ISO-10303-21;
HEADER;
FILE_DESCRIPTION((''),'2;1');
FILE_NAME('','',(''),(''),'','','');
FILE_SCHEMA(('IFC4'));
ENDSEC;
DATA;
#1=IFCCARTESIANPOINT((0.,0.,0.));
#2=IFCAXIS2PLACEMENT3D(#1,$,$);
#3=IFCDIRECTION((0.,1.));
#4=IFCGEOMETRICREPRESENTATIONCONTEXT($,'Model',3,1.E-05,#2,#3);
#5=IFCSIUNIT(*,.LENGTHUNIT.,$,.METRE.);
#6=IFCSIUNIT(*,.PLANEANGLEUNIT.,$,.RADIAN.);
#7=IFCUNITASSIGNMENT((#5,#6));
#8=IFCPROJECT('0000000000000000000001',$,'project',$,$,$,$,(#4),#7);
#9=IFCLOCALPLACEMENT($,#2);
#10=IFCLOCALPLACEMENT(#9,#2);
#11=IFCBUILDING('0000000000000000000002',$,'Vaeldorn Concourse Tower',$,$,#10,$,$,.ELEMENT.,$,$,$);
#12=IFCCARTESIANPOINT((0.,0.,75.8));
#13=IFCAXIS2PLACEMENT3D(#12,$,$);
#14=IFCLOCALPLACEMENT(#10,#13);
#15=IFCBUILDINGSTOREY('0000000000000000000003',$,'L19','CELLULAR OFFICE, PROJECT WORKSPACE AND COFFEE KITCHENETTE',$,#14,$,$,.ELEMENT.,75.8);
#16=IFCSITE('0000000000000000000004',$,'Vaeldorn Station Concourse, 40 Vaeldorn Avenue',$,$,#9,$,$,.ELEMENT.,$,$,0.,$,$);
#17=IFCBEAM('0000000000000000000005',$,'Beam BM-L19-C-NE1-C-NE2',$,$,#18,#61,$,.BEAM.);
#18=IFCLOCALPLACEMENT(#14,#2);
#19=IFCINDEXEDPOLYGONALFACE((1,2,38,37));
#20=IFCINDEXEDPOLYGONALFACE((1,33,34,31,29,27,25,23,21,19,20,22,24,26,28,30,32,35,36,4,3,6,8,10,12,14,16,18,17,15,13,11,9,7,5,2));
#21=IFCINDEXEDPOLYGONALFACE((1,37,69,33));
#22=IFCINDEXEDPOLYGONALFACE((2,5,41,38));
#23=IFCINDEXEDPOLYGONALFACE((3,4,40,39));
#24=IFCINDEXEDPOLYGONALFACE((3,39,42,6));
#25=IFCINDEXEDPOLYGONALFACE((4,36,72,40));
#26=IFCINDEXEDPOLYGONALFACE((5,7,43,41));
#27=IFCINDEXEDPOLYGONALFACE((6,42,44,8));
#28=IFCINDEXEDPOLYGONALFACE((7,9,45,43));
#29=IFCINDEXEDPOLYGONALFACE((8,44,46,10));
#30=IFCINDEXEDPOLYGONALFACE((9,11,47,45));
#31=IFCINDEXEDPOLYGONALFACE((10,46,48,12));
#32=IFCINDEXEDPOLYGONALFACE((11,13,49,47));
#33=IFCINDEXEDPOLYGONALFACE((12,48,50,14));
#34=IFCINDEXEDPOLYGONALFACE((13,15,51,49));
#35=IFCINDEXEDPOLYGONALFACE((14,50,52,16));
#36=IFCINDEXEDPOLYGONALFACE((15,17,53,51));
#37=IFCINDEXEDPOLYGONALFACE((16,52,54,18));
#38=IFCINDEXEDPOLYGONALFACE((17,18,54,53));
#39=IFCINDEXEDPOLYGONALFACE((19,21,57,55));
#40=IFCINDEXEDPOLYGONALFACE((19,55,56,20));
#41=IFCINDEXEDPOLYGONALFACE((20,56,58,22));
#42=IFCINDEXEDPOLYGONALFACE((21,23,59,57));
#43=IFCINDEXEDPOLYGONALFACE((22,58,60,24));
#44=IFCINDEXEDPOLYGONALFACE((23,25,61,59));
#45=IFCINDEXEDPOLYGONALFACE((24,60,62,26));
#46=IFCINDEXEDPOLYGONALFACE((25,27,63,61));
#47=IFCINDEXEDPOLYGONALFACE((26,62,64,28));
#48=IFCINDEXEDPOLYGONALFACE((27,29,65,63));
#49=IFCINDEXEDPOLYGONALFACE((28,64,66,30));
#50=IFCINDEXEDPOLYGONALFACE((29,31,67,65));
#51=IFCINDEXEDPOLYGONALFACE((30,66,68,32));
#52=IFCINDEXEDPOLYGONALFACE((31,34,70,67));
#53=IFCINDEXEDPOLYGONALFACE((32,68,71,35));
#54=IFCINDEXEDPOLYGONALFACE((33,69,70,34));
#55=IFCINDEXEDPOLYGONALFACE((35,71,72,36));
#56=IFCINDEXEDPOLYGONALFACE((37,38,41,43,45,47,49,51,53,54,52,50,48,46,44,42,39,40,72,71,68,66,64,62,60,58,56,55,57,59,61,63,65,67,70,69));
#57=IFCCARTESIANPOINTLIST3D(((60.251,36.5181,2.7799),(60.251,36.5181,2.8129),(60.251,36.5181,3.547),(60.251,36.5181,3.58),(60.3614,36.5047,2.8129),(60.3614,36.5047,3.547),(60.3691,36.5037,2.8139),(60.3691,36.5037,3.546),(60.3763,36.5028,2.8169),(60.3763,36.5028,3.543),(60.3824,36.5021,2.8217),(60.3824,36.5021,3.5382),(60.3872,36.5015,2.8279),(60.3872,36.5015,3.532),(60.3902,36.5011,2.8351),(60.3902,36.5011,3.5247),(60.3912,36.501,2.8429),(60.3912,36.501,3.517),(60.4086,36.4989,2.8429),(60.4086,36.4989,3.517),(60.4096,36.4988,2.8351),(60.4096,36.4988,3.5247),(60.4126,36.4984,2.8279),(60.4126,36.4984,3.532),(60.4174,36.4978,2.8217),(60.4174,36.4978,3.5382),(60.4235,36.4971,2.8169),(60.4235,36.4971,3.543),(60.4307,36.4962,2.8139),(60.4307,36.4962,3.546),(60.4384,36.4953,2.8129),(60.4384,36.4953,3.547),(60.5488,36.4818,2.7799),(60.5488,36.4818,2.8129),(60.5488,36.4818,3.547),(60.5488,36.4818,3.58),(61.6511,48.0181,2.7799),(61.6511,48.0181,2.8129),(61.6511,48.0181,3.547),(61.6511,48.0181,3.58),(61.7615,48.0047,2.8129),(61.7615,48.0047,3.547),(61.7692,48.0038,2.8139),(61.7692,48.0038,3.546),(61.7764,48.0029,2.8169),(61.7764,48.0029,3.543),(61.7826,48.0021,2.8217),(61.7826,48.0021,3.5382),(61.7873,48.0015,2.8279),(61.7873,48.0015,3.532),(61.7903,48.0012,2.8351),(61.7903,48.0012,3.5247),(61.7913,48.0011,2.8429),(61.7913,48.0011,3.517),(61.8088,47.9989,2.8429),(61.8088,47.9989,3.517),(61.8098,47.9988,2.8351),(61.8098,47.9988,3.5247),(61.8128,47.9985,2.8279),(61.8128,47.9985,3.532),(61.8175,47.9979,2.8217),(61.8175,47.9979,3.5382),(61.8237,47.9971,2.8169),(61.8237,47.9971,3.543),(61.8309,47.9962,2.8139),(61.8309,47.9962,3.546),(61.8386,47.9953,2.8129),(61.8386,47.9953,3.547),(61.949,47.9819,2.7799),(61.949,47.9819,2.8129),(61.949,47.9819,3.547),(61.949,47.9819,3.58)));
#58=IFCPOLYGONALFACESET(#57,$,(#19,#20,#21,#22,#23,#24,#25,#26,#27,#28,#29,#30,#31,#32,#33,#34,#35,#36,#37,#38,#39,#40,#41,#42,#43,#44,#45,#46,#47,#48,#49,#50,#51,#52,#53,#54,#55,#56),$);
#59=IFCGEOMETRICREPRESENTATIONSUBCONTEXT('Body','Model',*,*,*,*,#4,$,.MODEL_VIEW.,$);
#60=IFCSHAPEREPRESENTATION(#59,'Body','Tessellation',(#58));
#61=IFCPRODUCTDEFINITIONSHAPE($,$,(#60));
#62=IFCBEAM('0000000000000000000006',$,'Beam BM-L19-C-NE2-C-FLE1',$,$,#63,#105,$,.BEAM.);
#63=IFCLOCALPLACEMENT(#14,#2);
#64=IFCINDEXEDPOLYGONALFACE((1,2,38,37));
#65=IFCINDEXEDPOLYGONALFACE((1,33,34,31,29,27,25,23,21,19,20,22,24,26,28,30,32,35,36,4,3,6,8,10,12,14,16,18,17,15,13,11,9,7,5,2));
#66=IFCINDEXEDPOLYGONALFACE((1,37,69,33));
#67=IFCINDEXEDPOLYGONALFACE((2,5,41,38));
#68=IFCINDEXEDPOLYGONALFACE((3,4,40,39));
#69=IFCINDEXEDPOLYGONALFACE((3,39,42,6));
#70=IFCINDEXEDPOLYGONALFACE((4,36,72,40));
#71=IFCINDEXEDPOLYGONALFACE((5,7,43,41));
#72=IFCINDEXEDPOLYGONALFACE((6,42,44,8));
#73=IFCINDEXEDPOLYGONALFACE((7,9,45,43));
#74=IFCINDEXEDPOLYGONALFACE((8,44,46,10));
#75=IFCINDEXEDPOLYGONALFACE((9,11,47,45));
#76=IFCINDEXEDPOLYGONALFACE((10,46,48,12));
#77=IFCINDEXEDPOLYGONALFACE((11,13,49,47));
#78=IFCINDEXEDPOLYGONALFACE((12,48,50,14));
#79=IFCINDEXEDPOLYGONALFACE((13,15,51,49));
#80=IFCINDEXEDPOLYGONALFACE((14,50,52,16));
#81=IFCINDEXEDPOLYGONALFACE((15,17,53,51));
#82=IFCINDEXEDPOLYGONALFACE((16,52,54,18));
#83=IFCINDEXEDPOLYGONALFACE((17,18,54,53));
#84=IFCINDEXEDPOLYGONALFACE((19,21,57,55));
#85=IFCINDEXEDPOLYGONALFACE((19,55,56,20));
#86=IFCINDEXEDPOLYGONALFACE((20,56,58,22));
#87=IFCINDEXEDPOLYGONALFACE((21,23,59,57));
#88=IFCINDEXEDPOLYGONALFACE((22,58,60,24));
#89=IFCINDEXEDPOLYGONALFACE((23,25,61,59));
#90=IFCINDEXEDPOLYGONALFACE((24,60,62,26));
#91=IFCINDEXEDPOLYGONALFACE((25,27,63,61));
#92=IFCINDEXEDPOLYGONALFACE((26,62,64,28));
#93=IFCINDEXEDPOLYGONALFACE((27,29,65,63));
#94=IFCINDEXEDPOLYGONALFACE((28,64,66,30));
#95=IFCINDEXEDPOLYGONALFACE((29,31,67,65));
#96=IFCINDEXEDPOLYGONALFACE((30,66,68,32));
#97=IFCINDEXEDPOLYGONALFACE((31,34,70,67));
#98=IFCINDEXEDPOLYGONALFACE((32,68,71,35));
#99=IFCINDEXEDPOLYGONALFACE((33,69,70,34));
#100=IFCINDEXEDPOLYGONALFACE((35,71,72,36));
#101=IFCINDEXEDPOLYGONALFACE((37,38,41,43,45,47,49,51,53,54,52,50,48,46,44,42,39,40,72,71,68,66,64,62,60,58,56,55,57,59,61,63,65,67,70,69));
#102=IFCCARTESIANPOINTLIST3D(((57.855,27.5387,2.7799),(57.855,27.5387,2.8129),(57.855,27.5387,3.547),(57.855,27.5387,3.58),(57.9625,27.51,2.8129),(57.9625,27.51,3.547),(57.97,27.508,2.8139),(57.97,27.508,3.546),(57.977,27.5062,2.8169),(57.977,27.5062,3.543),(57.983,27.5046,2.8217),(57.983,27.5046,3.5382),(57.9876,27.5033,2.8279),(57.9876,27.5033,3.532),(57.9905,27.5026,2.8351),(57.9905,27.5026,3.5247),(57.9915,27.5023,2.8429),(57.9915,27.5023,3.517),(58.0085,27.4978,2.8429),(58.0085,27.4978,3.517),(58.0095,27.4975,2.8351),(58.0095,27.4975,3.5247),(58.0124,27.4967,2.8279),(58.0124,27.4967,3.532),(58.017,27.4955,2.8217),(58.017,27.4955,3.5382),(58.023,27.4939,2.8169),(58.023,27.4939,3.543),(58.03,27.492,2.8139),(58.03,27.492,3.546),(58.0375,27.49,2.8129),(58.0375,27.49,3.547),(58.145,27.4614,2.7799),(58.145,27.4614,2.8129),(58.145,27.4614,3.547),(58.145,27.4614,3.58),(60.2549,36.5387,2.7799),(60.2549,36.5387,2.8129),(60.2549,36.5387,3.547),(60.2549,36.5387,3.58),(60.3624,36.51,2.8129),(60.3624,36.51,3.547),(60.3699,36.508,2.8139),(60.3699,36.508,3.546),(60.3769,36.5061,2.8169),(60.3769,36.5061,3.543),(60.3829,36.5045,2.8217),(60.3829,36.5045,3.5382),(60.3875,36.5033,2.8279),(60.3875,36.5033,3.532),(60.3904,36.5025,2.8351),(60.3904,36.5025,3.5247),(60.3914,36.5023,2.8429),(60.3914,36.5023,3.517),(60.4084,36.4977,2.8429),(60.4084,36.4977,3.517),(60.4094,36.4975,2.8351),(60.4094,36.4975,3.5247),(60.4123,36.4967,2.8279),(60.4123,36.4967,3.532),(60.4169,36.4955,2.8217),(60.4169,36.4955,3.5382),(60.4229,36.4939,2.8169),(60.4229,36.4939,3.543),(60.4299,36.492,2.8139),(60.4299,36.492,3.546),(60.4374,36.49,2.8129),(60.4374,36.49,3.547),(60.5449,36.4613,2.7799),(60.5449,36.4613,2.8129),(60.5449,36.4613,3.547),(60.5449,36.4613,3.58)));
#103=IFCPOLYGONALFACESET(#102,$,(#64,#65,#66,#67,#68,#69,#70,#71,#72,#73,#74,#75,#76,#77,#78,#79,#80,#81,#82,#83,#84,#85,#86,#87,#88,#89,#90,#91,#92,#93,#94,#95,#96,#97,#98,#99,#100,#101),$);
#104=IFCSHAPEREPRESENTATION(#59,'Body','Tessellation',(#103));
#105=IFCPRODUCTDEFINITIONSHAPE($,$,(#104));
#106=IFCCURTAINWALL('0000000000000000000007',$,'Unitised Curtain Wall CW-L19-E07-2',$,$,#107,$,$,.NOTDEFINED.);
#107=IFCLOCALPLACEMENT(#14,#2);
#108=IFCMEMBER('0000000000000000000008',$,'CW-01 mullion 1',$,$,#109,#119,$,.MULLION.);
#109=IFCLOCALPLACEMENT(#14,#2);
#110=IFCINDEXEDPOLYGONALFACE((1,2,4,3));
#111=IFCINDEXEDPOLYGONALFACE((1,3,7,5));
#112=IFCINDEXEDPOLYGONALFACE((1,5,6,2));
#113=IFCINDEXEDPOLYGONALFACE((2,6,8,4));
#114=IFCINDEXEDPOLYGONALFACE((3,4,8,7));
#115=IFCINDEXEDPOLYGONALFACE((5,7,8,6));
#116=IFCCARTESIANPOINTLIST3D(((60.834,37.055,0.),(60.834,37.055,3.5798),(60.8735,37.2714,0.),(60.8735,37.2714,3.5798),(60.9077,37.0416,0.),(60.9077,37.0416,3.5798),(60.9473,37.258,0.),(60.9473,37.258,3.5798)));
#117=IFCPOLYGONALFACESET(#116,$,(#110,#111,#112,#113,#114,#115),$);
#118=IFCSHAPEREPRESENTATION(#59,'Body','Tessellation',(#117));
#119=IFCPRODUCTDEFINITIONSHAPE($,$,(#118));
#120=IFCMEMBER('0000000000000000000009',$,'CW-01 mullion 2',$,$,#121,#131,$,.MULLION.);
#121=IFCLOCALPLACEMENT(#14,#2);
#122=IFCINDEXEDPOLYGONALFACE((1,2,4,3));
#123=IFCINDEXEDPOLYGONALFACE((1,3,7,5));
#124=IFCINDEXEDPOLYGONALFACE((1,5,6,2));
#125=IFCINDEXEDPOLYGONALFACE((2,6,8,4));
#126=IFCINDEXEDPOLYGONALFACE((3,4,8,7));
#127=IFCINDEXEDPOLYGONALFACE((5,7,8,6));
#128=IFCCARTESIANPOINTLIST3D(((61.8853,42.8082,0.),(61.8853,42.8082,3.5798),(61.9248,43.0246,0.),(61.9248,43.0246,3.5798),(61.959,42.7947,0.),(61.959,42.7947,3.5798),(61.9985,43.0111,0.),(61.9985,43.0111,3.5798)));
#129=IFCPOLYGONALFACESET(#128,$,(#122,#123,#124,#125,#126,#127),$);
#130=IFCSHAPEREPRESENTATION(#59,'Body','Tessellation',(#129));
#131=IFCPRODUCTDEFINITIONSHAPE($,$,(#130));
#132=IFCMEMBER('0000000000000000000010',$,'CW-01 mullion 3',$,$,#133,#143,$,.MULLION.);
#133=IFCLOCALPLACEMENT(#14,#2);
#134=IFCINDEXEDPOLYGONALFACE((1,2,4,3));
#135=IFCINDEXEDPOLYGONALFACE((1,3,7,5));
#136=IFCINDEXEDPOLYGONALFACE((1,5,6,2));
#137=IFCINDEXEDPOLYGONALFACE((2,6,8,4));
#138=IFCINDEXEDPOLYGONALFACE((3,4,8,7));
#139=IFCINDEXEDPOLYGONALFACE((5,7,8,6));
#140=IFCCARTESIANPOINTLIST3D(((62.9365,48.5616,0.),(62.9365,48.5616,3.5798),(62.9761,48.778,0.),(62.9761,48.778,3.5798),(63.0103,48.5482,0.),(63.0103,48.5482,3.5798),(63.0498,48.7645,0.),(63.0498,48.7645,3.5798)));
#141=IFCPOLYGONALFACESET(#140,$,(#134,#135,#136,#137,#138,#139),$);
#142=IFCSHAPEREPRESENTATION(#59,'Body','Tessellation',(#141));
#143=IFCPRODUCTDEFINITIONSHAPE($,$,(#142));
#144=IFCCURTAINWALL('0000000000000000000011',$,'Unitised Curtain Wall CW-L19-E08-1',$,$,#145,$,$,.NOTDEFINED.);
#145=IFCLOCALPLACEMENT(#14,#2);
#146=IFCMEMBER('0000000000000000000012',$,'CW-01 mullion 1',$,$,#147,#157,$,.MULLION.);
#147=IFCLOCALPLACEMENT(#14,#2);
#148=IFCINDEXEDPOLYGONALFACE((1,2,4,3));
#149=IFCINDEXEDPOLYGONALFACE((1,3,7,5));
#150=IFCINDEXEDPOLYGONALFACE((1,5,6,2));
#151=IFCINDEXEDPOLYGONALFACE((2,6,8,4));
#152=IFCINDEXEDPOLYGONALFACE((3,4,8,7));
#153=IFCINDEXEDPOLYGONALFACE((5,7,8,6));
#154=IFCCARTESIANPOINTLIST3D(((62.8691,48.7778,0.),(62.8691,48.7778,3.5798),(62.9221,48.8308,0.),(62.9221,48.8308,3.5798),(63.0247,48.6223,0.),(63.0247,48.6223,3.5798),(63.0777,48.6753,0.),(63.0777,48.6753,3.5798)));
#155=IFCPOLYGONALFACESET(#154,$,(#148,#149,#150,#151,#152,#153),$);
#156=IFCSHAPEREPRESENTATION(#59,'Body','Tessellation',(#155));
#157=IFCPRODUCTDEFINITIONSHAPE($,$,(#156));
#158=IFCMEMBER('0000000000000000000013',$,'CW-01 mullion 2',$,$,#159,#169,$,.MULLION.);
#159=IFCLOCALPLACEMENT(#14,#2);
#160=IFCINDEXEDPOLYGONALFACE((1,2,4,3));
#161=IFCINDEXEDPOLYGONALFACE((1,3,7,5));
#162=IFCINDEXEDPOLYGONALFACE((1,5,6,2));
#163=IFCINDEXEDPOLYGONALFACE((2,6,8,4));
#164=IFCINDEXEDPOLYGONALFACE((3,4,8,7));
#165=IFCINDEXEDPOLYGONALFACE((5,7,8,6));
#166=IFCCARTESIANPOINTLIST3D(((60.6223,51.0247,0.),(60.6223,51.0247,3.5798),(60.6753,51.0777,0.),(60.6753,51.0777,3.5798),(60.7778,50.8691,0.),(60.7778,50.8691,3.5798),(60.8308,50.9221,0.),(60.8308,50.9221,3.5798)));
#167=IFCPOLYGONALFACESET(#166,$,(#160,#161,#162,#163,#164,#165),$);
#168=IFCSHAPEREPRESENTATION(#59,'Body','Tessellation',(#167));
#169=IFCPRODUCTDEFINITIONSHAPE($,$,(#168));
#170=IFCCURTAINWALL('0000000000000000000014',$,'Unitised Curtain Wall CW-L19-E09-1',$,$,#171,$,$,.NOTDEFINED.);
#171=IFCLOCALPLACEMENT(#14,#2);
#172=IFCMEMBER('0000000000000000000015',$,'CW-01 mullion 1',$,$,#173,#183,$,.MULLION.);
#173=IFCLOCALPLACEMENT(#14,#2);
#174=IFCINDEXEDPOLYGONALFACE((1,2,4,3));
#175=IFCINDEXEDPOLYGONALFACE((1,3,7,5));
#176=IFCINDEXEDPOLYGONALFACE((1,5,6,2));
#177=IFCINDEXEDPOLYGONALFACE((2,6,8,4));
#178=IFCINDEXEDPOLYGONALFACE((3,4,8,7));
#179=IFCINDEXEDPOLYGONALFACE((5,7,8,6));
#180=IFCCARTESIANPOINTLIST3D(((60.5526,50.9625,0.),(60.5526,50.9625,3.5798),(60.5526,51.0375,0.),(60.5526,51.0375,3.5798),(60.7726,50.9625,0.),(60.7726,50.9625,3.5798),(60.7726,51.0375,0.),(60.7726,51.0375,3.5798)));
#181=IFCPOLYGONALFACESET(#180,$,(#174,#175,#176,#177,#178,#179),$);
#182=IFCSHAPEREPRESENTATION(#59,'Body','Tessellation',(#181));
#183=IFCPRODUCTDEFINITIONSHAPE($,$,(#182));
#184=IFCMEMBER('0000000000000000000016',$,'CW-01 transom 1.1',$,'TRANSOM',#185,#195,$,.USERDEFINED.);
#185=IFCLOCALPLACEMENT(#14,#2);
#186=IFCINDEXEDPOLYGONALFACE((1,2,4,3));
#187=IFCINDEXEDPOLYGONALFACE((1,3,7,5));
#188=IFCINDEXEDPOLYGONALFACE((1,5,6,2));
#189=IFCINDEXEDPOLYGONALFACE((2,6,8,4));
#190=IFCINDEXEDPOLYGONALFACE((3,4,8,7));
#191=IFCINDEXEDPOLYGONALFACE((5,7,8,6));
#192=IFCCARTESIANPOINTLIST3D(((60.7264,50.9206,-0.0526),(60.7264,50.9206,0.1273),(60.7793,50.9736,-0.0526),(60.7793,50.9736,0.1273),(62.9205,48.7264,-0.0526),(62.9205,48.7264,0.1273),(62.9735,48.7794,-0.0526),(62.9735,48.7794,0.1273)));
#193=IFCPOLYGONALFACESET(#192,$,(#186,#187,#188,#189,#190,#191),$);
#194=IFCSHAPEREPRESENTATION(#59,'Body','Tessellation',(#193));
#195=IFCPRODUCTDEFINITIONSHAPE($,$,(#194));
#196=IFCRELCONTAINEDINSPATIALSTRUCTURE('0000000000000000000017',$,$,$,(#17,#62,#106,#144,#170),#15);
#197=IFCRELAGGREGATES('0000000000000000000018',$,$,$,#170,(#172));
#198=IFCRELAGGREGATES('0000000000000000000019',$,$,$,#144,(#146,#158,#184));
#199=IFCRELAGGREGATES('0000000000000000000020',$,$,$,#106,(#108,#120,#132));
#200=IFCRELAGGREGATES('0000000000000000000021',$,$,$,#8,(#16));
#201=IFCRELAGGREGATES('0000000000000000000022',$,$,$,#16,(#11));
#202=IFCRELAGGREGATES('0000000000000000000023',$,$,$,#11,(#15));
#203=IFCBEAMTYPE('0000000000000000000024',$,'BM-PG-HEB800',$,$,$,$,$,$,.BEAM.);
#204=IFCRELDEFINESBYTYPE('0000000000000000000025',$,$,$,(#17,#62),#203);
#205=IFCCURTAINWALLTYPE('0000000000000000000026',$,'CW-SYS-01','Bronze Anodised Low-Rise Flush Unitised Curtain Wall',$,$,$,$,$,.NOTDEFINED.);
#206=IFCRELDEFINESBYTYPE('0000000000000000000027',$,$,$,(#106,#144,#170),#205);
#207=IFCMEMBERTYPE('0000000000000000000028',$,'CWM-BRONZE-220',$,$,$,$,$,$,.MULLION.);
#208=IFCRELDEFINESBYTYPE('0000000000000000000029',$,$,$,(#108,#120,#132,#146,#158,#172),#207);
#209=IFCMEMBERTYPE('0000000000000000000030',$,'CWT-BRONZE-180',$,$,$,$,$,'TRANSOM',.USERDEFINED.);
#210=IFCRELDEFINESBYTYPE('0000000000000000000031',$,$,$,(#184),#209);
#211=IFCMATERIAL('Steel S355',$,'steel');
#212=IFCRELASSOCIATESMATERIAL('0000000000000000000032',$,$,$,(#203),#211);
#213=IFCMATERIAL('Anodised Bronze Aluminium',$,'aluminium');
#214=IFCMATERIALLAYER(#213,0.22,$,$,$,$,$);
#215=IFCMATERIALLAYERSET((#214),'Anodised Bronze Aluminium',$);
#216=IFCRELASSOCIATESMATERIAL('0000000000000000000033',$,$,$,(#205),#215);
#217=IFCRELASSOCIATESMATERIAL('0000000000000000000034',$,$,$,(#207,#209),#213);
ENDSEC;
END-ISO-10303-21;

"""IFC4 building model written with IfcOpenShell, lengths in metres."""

from ifc_helpers import new_model, si_unit, direction, frame, origin, origin_2d, place, context, subcontext, project, spatial, rectangle, i_section, extrude, source, transform, mapped, material, layer, layer_set, material_profile, profile_set, type_object, element, aggregate, save


model = new_model("IFC4")

# Units and contexts
model_context = context("Model", 3, precision=1e-05, world=origin(), true_north=direction((0.0, 1.0)))
body_context = subcontext(model_context, "Body", "Model", "MODEL_VIEW")
ifc_project = project(units=[si_unit("LENGTHUNIT", "METRE"), si_unit("PLANEANGLEUNIT", "RADIAN")], contexts=[model_context])

# Site, building, storey
site_placement = place(None, origin())
site = spatial("IfcSite", under=ifc_project, at=site_placement, Name="Vaeldorn Station Concourse, 40 Vaeldorn Avenue", CompositionType="ELEMENT", RefElevation=0.0)
building_placement = place(site_placement, origin())
building = spatial("IfcBuilding", under=site, at=building_placement, Name="Vaeldorn Concourse Tower", CompositionType="ELEMENT")
storey_placement = place(building_placement, frame((0.0, 0.0, 75.8)))
storey = spatial("IfcBuildingStorey", under=building, at=storey_placement, Name="L19", Description="CELLULAR OFFICE, PROJECT WORKSPACE AND COFFEE KITCHENETTE", CompositionType="ELEMENT", Elevation=75.8)

# Beams
ifc_material_1 = material(Name="Steel S355", Category="steel")
ifc_material_profile_1 = material_profile(ifc_material_1, i_section(OverallWidth=0.3, OverallDepth=0.8, WebThickness=0.0176, FlangeThickness=0.033, FilletRadius=0.03, at=origin_2d()), Name="HEB 800")
ifc_profile_set_1 = profile_set([ifc_material_profile_1], Name="Steel S355")
beam_type = type_object("IfcBeamType", Name="BM-PG-HEB800", PredefinedType="BEAM", material=ifc_profile_set_1)
shared_shape_1 = source(origin(), body_context, "Body", "SweptSolid", [
    extrude(i_section(OverallWidth=0.3, OverallDepth=0.8, WebThickness=0.0176, FlangeThickness=0.033, FilletRadius=0.03, at=origin_2d()), origin(), (0.0, 0.0, 1.0), 11.585),
])
beam_1_placement = place(storey_placement, frame((61.8, 48.0, 3.1799), z_axis=(-0.120859, -0.99267, 0.0), x_axis=(0.99267, -0.120859, 0.0)))
element("IfcBeam", 1, at=beam_1_placement, inside=storey, type_object=beam_type, Name="Beam BM-L19-C-NE1-C-NE2", PredefinedType="BEAM", context=body_context, shape_type="MappedRepresentation", body=[
    mapped(shared_shape_1, transform((0.0, 0.0, 0.0), scale=1.0)),
])
shared_shape_2 = source(origin(), body_context, "Body", "SweptSolid", [
    extrude(i_section(OverallWidth=0.3, OverallDepth=0.8, WebThickness=0.0176, FlangeThickness=0.033, FilletRadius=0.03, at=origin_2d()), origin(), (0.0, 0.0, 1.0), 9.3145),
])
beam_2_placement = place(storey_placement, frame((60.3999, 36.5, 3.1799), z_axis=(-0.257653, -0.966238, 0.0), x_axis=(0.966238, -0.257653, 0.0)))
element("IfcBeam", 2, at=beam_2_placement, inside=storey, type_object=beam_type, Name="Beam BM-L19-C-NE2-C-FLE1", PredefinedType="BEAM", context=body_context, shape_type="MappedRepresentation", body=[
    mapped(shared_shape_2, transform((0.0, 0.0, 0.0), scale=1.0)),
])

# Curtain walls, members
ifc_material_2 = material(Name="Anodised Bronze Aluminium", Category="aluminium")
ifc_layer_1 = layer(ifc_material_2, 0.22)
ifc_layer_set_1 = layer_set([ifc_layer_1], Name="Anodised Bronze Aluminium")
curtain_wall_type = type_object("IfcCurtainWallType", Name="CW-SYS-01", Description="Bronze Anodised Low-Rise Flush Unitised Curtain Wall", PredefinedType="NOTDEFINED", material=ifc_layer_set_1)
curtain_wall_1_placement = place(storey_placement, origin())
curtain_wall_1 = element("IfcCurtainWall", 3, at=curtain_wall_1_placement, inside=storey, type_object=curtain_wall_type, Name="Unitised Curtain Wall CW-L19-E07-2", PredefinedType="NOTDEFINED")
ifc_material_profile_2 = material_profile(ifc_material_2, rectangle(XDim=0.075, YDim=0.22, at=origin_2d()), Name="CWM 75x220")
ifc_profile_set_2 = profile_set([ifc_material_profile_2], Name="Anodised Bronze Aluminium")
member_type_1 = type_object("IfcMemberType", Name="CWM-BRONZE-220", PredefinedType="MULLION", material=ifc_profile_set_2)
shared_shape_3 = source(origin(), body_context, "Body", "SweptSolid", [
    extrude(rectangle(XDim=0.075, YDim=0.22, at=origin_2d()), origin(), (0.0, 0.0, 1.0), 3.5798),
])
member_1_placement = place(storey_placement, frame((60.8906, 37.1565, 0.0), z_axis=(0.0, 0.0, 1.0), x_axis=(-0.983712, 0.179753, 0.0)))
member_1 = element("IfcMember", 4, at=member_1_placement, type_object=member_type_1, Name="CW-01 mullion 1", PredefinedType="MULLION", context=body_context, shape_type="MappedRepresentation", body=[
    mapped(shared_shape_3, transform((0.0, 0.0, 0.0), scale=1.0)),
])
member_2_placement = place(storey_placement, frame((61.9419, 42.9097, 0.0), z_axis=(0.0, 0.0, 1.0), x_axis=(-0.983712, 0.179753, 0.0)))
member_2 = element("IfcMember", 5, at=member_2_placement, type_object=member_type_1, Name="CW-01 mullion 2", PredefinedType="MULLION", context=body_context, shape_type="MappedRepresentation", body=[
    mapped(shared_shape_3, transform((0.0, 0.0, 0.0), scale=1.0)),
])
member_3_placement = place(storey_placement, frame((62.9932, 48.6631, 0.0), z_axis=(0.0, 0.0, 1.0), x_axis=(-0.983712, 0.179753, 0.0)))
member_3 = element("IfcMember", 6, at=member_3_placement, type_object=member_type_1, Name="CW-01 mullion 3", PredefinedType="MULLION", context=body_context, shape_type="MappedRepresentation", body=[
    mapped(shared_shape_3, transform((0.0, 0.0, 0.0), scale=1.0)),
])
curtain_wall_2_placement = place(storey_placement, origin())
curtain_wall_2 = element("IfcCurtainWall", 7, at=curtain_wall_2_placement, inside=storey, type_object=curtain_wall_type, Name="Unitised Curtain Wall CW-L19-E08-1", PredefinedType="NOTDEFINED")
member_4_placement = place(storey_placement, frame((62.9734, 48.7266, 0.0), z_axis=(0.0, 0.0, 1.0), x_axis=(-0.707107, -0.707107, 0.0)))
member_4 = element("IfcMember", 8, at=member_4_placement, type_object=member_type_1, Name="CW-01 mullion 1", PredefinedType="MULLION", context=body_context, shape_type="MappedRepresentation", body=[
    mapped(shared_shape_3, transform((0.0, 0.0, 0.0), scale=1.0)),
])
member_5_placement = place(storey_placement, frame((60.7266, 50.9734, 0.0), z_axis=(0.0, 0.0, 1.0), x_axis=(-0.707107, -0.707107, 0.0)))
member_5 = element("IfcMember", 9, at=member_5_placement, type_object=member_type_1, Name="CW-01 mullion 2", PredefinedType="MULLION", context=body_context, shape_type="MappedRepresentation", body=[
    mapped(shared_shape_3, transform((0.0, 0.0, 0.0), scale=1.0)),
])

# Curtain wall, member
curtain_wall_3_placement = place(storey_placement, origin())
curtain_wall_3 = element("IfcCurtainWall", 10, at=curtain_wall_3_placement, inside=storey, type_object=curtain_wall_type, Name="Unitised Curtain Wall CW-L19-E09-1", PredefinedType="NOTDEFINED")
member_6_placement = place(storey_placement, frame((60.6626, 51.0, 0.0), z_axis=(0.0, 0.0, 1.0), x_axis=(0.0, -1.0, 0.0)))
member_6 = element("IfcMember", 11, at=member_6_placement, type_object=member_type_1, Name="CW-01 mullion 1", PredefinedType="MULLION", context=body_context, shape_type="MappedRepresentation", body=[
    mapped(shared_shape_3, transform((0.0, 0.0, 0.0), scale=1.0)),
])

# Member
ifc_material_profile_3 = material_profile(ifc_material_2, rectangle(XDim=0.075, YDim=0.1799, at=origin_2d()), Name="CWT 75x180")
ifc_profile_set_3 = profile_set([ifc_material_profile_3], Name="Anodised Bronze Aluminium")
member_type_2 = type_object("IfcMemberType", Name="CWT-BRONZE-180", ElementType="TRANSOM", PredefinedType="USERDEFINED", material=ifc_profile_set_3)
shared_shape_4 = source(origin(), body_context, "Body", "SweptSolid", [
    extrude(rectangle(XDim=0.075, YDim=0.1799, at=origin_2d()), origin(), (0.0, 0.0, 1.0), 3.103),
])
member_7_placement = place(storey_placement, frame((62.947, 48.7529, 0.0374), z_axis=(-0.707107, 0.707107, 0.0), x_axis=(-0.707107, -0.707107, 0.0)))
member_7 = element("IfcMember", 12, at=member_7_placement, type_object=member_type_2, Name="CW-01 transom 1.1", ObjectType="TRANSOM", PredefinedType="USERDEFINED", context=body_context, shape_type="MappedRepresentation", body=[
    mapped(shared_shape_4, transform((0.0, 0.0, 0.0), scale=1.0)),
])
aggregate(curtain_wall_3, [member_6])

aggregate(curtain_wall_2, [member_4, member_5, member_7])
aggregate(curtain_wall_1, [member_1, member_2, member_3])

save(model, "model.ifc")
